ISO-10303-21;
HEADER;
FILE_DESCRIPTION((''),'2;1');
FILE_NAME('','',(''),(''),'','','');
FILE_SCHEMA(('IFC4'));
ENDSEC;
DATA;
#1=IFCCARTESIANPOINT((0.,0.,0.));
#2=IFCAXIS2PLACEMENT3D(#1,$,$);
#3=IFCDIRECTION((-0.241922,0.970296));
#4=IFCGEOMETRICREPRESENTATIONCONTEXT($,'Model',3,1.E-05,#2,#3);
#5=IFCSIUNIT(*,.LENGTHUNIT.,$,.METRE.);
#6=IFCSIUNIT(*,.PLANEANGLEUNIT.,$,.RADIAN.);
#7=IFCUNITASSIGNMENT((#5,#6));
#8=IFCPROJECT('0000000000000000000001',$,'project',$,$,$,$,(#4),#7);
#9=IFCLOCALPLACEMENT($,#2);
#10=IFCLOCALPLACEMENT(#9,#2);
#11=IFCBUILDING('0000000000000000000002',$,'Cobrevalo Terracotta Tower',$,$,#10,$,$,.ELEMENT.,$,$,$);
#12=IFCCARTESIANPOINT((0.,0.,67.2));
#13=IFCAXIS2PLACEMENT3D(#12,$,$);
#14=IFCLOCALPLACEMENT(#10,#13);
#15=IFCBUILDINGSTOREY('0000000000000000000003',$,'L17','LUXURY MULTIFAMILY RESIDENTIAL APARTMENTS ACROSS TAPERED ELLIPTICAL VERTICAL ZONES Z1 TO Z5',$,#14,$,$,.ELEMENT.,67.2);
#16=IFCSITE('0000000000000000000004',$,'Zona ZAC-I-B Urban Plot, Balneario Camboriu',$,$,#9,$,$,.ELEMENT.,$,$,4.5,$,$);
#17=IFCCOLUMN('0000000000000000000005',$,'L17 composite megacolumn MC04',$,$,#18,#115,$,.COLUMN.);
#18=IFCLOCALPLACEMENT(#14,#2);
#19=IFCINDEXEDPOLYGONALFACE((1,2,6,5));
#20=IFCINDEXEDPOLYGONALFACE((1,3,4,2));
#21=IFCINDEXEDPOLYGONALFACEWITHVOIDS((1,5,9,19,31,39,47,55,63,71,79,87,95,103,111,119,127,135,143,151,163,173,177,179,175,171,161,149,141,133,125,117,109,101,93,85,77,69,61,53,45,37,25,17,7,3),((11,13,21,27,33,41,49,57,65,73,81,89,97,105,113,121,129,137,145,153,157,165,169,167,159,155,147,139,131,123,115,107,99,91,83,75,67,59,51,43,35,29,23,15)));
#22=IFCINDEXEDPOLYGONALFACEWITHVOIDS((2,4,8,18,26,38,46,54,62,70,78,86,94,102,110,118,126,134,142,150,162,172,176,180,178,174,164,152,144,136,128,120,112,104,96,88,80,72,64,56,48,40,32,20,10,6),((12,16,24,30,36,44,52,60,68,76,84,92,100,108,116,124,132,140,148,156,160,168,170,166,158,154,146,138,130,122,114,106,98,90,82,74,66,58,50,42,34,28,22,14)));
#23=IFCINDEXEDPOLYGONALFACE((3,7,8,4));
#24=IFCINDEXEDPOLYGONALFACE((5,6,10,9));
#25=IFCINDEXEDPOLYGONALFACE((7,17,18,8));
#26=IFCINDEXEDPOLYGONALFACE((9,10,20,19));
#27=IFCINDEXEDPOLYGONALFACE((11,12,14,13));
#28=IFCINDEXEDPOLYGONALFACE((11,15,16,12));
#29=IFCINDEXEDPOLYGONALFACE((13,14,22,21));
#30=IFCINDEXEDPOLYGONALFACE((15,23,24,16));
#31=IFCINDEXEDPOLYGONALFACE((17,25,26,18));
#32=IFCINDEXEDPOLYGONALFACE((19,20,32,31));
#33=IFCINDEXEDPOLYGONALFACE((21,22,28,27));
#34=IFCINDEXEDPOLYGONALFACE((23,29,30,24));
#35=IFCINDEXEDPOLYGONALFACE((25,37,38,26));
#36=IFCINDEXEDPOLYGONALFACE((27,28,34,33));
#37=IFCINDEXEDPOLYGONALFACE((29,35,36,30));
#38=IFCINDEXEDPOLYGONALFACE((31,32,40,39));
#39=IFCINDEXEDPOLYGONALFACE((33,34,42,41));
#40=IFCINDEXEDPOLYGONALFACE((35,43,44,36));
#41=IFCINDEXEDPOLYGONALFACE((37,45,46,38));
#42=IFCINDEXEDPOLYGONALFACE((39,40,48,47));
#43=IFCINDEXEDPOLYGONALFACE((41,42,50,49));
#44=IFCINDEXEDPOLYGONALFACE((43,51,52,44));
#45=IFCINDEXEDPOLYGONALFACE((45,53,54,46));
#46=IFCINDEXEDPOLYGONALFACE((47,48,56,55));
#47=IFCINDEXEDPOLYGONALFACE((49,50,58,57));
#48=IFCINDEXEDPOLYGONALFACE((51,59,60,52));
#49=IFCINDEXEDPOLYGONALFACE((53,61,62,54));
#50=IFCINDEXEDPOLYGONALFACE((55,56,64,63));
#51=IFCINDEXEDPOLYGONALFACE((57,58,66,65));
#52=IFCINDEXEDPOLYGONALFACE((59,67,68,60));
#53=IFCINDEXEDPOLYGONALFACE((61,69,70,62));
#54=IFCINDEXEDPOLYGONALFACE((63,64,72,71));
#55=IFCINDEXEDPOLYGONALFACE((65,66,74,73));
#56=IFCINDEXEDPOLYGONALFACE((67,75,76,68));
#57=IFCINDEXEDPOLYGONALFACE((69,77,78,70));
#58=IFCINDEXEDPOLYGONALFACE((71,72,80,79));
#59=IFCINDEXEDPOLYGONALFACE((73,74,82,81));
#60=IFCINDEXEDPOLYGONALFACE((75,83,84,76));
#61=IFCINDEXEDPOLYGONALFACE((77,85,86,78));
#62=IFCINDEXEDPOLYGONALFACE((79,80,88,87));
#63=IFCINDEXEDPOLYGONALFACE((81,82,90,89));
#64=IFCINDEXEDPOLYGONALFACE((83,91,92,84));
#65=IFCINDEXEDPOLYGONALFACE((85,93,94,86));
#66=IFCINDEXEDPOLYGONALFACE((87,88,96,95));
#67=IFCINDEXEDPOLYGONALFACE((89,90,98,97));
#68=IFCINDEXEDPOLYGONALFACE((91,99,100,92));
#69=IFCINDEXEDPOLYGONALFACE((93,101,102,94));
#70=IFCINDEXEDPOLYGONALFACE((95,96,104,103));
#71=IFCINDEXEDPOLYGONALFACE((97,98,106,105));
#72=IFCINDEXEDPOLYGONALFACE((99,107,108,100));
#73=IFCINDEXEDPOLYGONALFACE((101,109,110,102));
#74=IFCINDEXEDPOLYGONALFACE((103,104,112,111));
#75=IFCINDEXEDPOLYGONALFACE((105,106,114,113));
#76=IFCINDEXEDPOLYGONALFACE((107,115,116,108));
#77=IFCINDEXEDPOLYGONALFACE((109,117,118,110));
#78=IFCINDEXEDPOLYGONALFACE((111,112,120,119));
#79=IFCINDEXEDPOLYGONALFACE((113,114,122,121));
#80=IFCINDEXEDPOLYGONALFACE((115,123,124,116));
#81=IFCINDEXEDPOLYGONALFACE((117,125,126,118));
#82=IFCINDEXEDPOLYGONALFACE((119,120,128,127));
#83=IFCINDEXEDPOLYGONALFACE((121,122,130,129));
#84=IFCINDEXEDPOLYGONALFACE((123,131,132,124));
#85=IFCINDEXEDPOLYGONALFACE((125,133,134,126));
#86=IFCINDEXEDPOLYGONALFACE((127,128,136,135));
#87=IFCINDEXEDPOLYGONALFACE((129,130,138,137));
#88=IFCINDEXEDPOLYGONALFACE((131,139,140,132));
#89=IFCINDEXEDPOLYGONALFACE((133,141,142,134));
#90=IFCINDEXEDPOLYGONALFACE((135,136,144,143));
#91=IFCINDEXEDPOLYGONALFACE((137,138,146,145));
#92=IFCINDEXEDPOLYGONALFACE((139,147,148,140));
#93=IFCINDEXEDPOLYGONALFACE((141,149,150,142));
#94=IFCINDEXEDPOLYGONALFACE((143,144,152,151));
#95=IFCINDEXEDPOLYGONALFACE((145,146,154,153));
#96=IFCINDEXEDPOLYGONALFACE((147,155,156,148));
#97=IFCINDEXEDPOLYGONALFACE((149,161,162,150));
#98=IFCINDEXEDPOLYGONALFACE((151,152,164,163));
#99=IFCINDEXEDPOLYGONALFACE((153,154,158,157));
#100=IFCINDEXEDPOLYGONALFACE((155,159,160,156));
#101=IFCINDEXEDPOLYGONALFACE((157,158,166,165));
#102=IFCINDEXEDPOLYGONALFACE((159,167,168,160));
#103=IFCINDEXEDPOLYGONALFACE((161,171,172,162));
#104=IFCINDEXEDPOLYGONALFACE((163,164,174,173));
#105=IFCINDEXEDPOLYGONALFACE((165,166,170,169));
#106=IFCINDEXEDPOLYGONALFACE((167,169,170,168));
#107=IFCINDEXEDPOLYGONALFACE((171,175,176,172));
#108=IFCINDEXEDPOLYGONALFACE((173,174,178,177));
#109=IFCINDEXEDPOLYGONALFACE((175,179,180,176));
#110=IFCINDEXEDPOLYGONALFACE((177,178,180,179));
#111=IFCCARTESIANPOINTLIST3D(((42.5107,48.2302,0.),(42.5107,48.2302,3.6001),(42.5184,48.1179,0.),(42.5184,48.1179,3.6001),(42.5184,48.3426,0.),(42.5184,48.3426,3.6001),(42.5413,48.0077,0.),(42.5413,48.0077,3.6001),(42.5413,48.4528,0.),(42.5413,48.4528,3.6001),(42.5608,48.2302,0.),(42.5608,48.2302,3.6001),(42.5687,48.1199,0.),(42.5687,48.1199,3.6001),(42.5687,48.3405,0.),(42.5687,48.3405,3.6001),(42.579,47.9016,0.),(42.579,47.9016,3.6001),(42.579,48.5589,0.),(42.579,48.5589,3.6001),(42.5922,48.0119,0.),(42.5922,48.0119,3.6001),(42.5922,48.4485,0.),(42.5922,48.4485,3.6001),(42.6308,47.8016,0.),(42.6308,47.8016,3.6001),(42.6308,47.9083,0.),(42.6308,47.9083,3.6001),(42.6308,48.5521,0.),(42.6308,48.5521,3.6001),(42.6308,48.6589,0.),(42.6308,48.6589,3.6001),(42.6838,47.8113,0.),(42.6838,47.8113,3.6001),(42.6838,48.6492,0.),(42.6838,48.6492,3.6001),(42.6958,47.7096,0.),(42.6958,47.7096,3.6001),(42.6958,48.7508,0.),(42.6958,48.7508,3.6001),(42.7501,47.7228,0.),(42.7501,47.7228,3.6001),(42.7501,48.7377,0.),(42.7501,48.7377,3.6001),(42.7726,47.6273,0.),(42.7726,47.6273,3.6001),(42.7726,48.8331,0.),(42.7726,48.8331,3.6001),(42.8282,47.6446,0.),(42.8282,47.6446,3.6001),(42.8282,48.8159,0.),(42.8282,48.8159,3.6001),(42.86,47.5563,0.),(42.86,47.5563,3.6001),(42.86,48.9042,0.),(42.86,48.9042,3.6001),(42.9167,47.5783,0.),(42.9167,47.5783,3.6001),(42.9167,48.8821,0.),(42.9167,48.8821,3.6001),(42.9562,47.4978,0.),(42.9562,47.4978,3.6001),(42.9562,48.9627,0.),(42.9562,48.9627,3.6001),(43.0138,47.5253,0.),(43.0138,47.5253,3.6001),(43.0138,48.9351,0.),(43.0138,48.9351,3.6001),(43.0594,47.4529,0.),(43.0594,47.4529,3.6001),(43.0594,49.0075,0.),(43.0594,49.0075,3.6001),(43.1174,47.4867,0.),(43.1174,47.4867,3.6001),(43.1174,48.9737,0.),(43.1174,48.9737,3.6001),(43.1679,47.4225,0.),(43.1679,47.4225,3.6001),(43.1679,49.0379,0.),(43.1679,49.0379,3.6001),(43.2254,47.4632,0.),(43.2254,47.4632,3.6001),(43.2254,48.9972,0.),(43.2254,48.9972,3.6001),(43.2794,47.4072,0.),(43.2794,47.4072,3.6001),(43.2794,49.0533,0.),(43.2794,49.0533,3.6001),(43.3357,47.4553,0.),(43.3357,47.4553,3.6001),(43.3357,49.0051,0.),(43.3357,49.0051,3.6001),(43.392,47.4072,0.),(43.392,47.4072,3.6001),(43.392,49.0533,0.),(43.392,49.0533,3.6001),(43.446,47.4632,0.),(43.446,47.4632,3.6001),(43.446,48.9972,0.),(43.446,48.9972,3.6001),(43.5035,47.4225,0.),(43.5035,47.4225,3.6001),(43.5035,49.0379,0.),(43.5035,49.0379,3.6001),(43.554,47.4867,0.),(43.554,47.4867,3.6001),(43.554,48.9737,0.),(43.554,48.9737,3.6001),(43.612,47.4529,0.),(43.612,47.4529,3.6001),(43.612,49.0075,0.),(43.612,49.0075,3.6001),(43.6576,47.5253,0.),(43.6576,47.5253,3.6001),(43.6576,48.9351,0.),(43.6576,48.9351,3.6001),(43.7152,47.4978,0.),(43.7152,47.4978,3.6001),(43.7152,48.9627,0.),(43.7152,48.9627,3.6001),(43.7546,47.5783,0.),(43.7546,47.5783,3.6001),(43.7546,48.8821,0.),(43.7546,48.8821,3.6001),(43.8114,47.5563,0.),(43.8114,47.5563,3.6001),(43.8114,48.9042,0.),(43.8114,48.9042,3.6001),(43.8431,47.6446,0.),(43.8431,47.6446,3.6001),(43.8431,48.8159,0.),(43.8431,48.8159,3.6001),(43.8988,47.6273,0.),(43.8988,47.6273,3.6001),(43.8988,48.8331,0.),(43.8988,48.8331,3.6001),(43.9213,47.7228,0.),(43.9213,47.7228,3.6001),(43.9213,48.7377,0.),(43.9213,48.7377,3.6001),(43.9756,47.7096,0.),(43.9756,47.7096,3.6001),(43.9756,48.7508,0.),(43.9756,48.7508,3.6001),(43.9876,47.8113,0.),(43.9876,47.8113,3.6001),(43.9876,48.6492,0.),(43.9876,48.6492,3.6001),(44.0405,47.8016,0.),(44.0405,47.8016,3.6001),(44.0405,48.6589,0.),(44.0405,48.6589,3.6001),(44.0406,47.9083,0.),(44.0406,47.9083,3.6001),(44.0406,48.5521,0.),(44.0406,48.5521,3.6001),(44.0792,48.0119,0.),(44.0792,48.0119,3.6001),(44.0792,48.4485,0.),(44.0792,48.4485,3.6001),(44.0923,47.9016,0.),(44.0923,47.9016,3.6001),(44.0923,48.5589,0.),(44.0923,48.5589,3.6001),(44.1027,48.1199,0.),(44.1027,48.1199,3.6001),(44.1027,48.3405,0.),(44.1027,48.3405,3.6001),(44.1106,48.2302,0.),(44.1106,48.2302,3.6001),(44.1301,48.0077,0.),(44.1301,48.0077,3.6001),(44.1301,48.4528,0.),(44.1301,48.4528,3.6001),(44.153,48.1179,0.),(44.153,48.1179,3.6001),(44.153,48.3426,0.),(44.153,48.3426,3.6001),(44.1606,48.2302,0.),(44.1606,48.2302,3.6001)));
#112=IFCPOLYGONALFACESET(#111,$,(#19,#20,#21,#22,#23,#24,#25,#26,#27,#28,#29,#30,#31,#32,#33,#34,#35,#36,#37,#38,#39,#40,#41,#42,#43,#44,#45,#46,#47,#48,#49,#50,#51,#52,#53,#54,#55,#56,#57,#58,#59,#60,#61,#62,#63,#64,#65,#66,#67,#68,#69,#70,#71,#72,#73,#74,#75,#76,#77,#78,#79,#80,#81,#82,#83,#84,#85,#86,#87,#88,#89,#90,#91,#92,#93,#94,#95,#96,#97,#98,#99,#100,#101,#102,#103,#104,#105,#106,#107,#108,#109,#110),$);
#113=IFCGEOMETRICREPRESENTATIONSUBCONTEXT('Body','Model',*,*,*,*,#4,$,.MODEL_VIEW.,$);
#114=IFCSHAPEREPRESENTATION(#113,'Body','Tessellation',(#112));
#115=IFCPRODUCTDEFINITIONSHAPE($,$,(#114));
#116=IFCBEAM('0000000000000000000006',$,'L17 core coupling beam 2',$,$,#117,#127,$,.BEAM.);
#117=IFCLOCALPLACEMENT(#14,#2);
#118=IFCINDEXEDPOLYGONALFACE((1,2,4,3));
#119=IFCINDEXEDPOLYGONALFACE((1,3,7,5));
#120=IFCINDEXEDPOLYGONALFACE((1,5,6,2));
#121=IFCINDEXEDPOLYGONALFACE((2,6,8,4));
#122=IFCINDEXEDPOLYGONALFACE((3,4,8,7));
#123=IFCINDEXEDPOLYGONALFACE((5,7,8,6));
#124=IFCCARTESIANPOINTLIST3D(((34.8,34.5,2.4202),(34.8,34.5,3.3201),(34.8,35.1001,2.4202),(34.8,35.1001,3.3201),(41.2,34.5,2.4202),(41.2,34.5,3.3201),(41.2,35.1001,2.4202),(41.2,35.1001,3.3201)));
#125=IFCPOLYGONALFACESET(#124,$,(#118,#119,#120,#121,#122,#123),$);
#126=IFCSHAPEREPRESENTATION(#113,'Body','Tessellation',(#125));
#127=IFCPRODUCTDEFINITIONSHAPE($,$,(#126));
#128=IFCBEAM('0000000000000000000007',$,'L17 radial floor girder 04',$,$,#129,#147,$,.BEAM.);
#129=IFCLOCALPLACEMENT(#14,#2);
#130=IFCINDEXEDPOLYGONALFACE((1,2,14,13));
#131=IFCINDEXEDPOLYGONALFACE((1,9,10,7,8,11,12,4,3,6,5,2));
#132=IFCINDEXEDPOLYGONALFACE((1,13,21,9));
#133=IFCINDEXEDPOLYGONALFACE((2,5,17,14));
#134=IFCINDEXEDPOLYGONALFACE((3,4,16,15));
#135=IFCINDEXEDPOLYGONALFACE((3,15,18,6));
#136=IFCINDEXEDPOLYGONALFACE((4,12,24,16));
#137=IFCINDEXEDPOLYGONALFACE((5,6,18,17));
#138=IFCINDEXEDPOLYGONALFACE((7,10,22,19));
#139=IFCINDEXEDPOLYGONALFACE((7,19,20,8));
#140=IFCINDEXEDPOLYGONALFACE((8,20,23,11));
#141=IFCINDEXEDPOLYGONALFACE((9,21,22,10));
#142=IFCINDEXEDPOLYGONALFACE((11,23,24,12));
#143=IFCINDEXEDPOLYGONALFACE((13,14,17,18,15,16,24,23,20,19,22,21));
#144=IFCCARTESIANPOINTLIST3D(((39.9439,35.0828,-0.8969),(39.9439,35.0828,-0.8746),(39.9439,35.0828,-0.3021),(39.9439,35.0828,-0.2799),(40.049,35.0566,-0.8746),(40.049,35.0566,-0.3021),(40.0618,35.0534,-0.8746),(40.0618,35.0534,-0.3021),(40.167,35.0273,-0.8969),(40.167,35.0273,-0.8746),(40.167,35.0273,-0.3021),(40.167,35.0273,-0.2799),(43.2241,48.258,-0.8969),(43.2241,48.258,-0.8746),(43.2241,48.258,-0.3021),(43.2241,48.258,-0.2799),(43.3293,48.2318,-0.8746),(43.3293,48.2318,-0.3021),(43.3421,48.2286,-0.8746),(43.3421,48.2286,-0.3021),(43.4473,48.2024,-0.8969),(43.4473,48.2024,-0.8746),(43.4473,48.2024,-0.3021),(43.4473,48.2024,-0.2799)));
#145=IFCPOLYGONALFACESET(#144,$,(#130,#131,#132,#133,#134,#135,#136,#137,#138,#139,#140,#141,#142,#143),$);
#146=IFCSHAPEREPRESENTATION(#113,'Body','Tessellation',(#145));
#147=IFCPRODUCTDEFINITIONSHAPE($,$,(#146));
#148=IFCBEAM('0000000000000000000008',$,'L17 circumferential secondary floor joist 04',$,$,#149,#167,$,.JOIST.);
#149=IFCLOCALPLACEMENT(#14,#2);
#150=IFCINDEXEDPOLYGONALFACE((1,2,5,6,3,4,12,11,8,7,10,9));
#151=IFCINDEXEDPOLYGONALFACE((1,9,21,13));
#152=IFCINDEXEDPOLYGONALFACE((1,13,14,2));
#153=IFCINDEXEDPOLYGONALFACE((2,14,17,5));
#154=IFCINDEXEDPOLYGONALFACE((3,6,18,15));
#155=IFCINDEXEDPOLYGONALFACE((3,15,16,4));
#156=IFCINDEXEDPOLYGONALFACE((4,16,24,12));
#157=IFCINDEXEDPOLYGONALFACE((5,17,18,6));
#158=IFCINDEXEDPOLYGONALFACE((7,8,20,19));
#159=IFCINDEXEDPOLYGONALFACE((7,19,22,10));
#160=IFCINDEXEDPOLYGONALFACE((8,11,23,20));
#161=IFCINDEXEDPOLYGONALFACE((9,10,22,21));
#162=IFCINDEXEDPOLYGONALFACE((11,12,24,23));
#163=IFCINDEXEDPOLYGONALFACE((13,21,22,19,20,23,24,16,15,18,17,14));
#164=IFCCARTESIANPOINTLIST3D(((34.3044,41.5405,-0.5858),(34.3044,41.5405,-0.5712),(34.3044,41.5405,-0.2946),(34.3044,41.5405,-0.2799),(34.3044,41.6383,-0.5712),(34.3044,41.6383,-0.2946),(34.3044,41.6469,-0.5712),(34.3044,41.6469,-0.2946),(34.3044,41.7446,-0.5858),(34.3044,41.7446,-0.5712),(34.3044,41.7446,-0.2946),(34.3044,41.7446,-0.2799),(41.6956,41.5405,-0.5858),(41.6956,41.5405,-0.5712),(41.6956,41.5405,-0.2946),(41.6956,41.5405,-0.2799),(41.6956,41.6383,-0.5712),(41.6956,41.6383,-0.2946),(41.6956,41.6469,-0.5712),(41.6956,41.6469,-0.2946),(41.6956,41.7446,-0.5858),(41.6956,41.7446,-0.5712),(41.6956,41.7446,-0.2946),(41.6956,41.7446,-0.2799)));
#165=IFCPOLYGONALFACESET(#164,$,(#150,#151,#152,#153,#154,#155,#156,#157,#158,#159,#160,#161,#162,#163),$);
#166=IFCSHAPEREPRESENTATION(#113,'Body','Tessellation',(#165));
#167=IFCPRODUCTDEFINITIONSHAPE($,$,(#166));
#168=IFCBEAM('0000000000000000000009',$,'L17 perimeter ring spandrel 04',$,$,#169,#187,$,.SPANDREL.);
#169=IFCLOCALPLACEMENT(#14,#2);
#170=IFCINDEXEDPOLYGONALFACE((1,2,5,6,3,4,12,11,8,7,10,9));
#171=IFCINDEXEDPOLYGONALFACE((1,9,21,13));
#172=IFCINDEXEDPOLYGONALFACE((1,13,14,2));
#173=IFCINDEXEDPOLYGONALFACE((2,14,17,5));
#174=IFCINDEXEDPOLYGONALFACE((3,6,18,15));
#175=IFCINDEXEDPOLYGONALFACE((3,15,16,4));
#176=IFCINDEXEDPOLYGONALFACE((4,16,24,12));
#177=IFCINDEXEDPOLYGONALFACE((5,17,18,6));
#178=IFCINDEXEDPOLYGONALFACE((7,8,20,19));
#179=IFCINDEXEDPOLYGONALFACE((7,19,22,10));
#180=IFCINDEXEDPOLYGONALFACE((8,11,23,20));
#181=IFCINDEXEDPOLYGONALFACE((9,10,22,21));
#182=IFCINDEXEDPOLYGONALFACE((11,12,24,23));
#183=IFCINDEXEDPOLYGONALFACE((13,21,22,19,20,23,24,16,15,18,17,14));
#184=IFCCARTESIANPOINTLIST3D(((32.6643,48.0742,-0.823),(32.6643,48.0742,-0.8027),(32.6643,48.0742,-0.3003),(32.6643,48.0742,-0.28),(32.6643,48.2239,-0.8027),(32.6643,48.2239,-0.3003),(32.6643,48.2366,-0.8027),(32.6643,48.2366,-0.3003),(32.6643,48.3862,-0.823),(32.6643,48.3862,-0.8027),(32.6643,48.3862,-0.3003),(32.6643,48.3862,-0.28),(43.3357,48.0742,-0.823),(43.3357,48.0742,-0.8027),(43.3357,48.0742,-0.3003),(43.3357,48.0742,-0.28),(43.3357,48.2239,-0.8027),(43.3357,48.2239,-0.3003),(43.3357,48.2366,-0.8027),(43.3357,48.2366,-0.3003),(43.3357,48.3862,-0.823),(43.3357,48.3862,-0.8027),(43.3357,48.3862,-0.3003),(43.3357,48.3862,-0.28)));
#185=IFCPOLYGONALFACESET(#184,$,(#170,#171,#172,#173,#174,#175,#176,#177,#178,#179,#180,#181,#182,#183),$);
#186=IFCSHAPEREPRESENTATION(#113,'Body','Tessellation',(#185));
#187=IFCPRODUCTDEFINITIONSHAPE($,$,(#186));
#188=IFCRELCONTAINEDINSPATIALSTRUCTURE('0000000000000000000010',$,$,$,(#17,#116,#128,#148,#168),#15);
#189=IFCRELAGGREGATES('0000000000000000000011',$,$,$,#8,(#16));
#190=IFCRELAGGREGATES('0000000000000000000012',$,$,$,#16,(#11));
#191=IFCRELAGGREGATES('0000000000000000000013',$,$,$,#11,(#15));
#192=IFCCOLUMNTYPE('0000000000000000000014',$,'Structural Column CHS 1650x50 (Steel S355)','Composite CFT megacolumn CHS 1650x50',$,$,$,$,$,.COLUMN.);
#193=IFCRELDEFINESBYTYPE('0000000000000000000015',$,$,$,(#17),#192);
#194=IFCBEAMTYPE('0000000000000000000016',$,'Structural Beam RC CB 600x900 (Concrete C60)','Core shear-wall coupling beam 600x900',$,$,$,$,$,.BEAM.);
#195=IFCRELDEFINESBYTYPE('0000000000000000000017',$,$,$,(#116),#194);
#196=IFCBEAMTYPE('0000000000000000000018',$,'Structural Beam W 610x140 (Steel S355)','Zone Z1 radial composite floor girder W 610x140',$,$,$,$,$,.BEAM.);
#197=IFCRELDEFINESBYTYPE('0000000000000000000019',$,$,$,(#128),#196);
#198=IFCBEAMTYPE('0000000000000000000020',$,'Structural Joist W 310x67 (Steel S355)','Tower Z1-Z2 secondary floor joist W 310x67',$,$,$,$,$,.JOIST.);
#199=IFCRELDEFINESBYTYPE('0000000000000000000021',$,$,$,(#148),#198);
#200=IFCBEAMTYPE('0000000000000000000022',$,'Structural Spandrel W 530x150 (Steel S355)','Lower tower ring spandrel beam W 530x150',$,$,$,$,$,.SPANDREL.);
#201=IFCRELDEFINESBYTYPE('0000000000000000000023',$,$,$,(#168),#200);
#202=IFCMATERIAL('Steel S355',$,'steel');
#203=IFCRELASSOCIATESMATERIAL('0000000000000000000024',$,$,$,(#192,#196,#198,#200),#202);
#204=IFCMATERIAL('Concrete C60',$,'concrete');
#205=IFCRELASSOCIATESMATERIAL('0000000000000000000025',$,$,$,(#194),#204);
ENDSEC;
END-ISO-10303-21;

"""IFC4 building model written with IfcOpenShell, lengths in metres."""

from ifc_helpers import new_model, si_unit, direction, frame, origin, origin_2d, place, context, subcontext, project, spatial, rectangle, hollow_circle, i_section, extrude, material, material_profile, profile_set, type_object, element, save


model = new_model("IFC4")

# Units and contexts
model_context = context("Model", 3, precision=1e-05, world=origin(), true_north=direction((-0.241922, 0.970296)))
body_context = subcontext(model_context, "Body", "Model", "MODEL_VIEW")
ifc_project = project(units=[si_unit("LENGTHUNIT", "METRE"), si_unit("PLANEANGLEUNIT", "RADIAN")], contexts=[model_context])

# Site, building, storey
site_placement = place(None, origin())
site = spatial("IfcSite", under=ifc_project, at=site_placement, Name="Zona ZAC-I-B Urban Plot, Balneario Camboriu", CompositionType="ELEMENT", RefElevation=4.5)
building_placement = place(site_placement, origin())
building = spatial("IfcBuilding", under=site, at=building_placement, Name="Cobrevalo Terracotta Tower", CompositionType="ELEMENT")
storey_placement = place(building_placement, frame((0.0, 0.0, 67.2)))
storey = spatial("IfcBuildingStorey", under=building, at=storey_placement, Name="L17", Description="LUXURY MULTIFAMILY RESIDENTIAL APARTMENTS ACROSS TAPERED ELLIPTICAL VERTICAL ZONES Z1 TO Z5", CompositionType="ELEMENT", Elevation=67.2)

# Column
ifc_material_1 = material(Name="Steel S355", Category="steel")
ifc_material_profile_1 = material_profile(ifc_material_1, hollow_circle(Radius=0.825, WallThickness=0.05, at=origin_2d()), Name="CHS 1650x50")
ifc_profile_set_1 = profile_set([ifc_material_profile_1], Name="Steel S355")
column_type = type_object("IfcColumnType", Name="Structural Column CHS 1650x50 (Steel S355)", Description="Composite CFT megacolumn CHS 1650x50", PredefinedType="COLUMN", material=ifc_profile_set_1)
column_placement = place(storey_placement, frame((43.3357, 48.2302, 0.0), z_axis=(0.0, 0.0, 1.0), x_axis=(1.0, 0.0, 0.0)))
element("IfcColumn", 1, at=column_placement, inside=storey, type_object=column_type, Name="L17 composite megacolumn MC04", PredefinedType="COLUMN", context=body_context, shape_type="SweptSolid", body=[
    extrude(hollow_circle(Radius=0.825, WallThickness=0.05, at=origin_2d()), origin(), (0.0, 0.0, 1.0), 3.6001),
])

# Beams
ifc_material_2 = material(Name="Concrete C60", Category="concrete")
ifc_material_profile_2 = material_profile(ifc_material_2, rectangle(XDim=0.6001, YDim=0.8999, at=origin_2d()), Name="RC CB 600x900")
ifc_profile_set_2 = profile_set([ifc_material_profile_2], Name="Concrete C60")
beam_type_1 = type_object("IfcBeamType", Name="Structural Beam RC CB 600x900 (Concrete C60)", Description="Core shear-wall coupling beam 600x900", PredefinedType="BEAM", material=ifc_profile_set_2)
beam_1_placement = place(storey_placement, frame((34.8, 34.8, 2.8701), z_axis=(1.0, 0.0, 0.0), x_axis=(0.0, 1.0, 0.0)))
element("IfcBeam", 2, at=beam_1_placement, inside=storey, type_object=beam_type_1, Name="L17 core coupling beam 2", PredefinedType="BEAM", context=body_context, shape_type="SweptSolid", body=[
    extrude(rectangle(XDim=0.6001, YDim=0.8999, at=origin_2d()), origin(), (0.0, 0.0, 1.0), 6.3999),
])
ifc_material_profile_3 = material_profile(ifc_material_1, i_section(OverallWidth=0.23, OverallDepth=0.6169, WebThickness=0.0132, FlangeThickness=0.0222, at=origin_2d()), Name="W 610x140")
ifc_profile_set_3 = profile_set([ifc_material_profile_3], Name="Steel S355")
beam_type_2 = type_object("IfcBeamType", Name="Structural Beam W 610x140 (Steel S355)", Description="Zone Z1 radial composite floor girder W 610x140", PredefinedType="BEAM", material=ifc_profile_set_3)
beam_2_placement = place(storey_placement, frame((43.3357, 48.2302, -0.5884), z_axis=(-0.241596, -0.970377, 0.0), x_axis=(0.970377, -0.241596, 0.0)))
element("IfcBeam", 3, at=beam_2_placement, inside=storey, type_object=beam_type_2, Name="L17 radial floor girder 04", PredefinedType="BEAM", context=body_context, shape_type="SweptSolid", body=[
    extrude(i_section(OverallWidth=0.23, OverallDepth=0.6169, WebThickness=0.0132, FlangeThickness=0.0222, at=origin_2d()), origin(), (0.0, 0.0, 1.0), 13.5774),
])
ifc_material_profile_4 = material_profile(ifc_material_1, i_section(OverallWidth=0.2041, OverallDepth=0.3059, WebThickness=0.0085, FlangeThickness=0.0146, at=origin_2d()), Name="W 310x67")
ifc_profile_set_4 = profile_set([ifc_material_profile_4], Name="Steel S355")
beam_type_3 = type_object("IfcBeamType", Name="Structural Joist W 310x67 (Steel S355)", Description="Tower Z1-Z2 secondary floor joist W 310x67", PredefinedType="JOIST", material=ifc_profile_set_4)
beam_3_placement = place(storey_placement, frame((41.6956, 41.6426, -0.4329), z_axis=(-1.0, 0.0, 0.0), x_axis=(0.0, -1.0, 0.0)))
element("IfcBeam", 4, at=beam_3_placement, inside=storey, type_object=beam_type_3, Name="L17 circumferential secondary floor joist 04", PredefinedType="JOIST", context=body_context, shape_type="SweptSolid", body=[
    extrude(i_section(OverallWidth=0.2041, OverallDepth=0.3059, WebThickness=0.0085, FlangeThickness=0.0146, at=origin_2d()), origin(), (0.0, 0.0, 1.0), 7.3911),
])
ifc_material_profile_5 = material_profile(ifc_material_1, i_section(OverallWidth=0.312, OverallDepth=0.543, WebThickness=0.0127, FlangeThickness=0.0203, at=origin_2d()), Name="W 530x150")
ifc_profile_set_5 = profile_set([ifc_material_profile_5], Name="Steel S355")
beam_type_4 = type_object("IfcBeamType", Name="Structural Spandrel W 530x150 (Steel S355)", Description="Lower tower ring spandrel beam W 530x150", PredefinedType="SPANDREL", material=ifc_profile_set_5)
beam_4_placement = place(storey_placement, frame((43.3357, 48.2302, -0.5515), z_axis=(-1.0, 0.0, 0.0), x_axis=(0.0, -1.0, 0.0)))
element("IfcBeam", 5, at=beam_4_placement, inside=storey, type_object=beam_type_4, Name="L17 perimeter ring spandrel 04", PredefinedType="SPANDREL", context=body_context, shape_type="SweptSolid", body=[
    extrude(i_section(OverallWidth=0.312, OverallDepth=0.543, WebThickness=0.0127, FlangeThickness=0.0203, at=origin_2d()), origin(), (0.0, 0.0, 1.0), 10.6714),
])

save(model, "model.ifc")
